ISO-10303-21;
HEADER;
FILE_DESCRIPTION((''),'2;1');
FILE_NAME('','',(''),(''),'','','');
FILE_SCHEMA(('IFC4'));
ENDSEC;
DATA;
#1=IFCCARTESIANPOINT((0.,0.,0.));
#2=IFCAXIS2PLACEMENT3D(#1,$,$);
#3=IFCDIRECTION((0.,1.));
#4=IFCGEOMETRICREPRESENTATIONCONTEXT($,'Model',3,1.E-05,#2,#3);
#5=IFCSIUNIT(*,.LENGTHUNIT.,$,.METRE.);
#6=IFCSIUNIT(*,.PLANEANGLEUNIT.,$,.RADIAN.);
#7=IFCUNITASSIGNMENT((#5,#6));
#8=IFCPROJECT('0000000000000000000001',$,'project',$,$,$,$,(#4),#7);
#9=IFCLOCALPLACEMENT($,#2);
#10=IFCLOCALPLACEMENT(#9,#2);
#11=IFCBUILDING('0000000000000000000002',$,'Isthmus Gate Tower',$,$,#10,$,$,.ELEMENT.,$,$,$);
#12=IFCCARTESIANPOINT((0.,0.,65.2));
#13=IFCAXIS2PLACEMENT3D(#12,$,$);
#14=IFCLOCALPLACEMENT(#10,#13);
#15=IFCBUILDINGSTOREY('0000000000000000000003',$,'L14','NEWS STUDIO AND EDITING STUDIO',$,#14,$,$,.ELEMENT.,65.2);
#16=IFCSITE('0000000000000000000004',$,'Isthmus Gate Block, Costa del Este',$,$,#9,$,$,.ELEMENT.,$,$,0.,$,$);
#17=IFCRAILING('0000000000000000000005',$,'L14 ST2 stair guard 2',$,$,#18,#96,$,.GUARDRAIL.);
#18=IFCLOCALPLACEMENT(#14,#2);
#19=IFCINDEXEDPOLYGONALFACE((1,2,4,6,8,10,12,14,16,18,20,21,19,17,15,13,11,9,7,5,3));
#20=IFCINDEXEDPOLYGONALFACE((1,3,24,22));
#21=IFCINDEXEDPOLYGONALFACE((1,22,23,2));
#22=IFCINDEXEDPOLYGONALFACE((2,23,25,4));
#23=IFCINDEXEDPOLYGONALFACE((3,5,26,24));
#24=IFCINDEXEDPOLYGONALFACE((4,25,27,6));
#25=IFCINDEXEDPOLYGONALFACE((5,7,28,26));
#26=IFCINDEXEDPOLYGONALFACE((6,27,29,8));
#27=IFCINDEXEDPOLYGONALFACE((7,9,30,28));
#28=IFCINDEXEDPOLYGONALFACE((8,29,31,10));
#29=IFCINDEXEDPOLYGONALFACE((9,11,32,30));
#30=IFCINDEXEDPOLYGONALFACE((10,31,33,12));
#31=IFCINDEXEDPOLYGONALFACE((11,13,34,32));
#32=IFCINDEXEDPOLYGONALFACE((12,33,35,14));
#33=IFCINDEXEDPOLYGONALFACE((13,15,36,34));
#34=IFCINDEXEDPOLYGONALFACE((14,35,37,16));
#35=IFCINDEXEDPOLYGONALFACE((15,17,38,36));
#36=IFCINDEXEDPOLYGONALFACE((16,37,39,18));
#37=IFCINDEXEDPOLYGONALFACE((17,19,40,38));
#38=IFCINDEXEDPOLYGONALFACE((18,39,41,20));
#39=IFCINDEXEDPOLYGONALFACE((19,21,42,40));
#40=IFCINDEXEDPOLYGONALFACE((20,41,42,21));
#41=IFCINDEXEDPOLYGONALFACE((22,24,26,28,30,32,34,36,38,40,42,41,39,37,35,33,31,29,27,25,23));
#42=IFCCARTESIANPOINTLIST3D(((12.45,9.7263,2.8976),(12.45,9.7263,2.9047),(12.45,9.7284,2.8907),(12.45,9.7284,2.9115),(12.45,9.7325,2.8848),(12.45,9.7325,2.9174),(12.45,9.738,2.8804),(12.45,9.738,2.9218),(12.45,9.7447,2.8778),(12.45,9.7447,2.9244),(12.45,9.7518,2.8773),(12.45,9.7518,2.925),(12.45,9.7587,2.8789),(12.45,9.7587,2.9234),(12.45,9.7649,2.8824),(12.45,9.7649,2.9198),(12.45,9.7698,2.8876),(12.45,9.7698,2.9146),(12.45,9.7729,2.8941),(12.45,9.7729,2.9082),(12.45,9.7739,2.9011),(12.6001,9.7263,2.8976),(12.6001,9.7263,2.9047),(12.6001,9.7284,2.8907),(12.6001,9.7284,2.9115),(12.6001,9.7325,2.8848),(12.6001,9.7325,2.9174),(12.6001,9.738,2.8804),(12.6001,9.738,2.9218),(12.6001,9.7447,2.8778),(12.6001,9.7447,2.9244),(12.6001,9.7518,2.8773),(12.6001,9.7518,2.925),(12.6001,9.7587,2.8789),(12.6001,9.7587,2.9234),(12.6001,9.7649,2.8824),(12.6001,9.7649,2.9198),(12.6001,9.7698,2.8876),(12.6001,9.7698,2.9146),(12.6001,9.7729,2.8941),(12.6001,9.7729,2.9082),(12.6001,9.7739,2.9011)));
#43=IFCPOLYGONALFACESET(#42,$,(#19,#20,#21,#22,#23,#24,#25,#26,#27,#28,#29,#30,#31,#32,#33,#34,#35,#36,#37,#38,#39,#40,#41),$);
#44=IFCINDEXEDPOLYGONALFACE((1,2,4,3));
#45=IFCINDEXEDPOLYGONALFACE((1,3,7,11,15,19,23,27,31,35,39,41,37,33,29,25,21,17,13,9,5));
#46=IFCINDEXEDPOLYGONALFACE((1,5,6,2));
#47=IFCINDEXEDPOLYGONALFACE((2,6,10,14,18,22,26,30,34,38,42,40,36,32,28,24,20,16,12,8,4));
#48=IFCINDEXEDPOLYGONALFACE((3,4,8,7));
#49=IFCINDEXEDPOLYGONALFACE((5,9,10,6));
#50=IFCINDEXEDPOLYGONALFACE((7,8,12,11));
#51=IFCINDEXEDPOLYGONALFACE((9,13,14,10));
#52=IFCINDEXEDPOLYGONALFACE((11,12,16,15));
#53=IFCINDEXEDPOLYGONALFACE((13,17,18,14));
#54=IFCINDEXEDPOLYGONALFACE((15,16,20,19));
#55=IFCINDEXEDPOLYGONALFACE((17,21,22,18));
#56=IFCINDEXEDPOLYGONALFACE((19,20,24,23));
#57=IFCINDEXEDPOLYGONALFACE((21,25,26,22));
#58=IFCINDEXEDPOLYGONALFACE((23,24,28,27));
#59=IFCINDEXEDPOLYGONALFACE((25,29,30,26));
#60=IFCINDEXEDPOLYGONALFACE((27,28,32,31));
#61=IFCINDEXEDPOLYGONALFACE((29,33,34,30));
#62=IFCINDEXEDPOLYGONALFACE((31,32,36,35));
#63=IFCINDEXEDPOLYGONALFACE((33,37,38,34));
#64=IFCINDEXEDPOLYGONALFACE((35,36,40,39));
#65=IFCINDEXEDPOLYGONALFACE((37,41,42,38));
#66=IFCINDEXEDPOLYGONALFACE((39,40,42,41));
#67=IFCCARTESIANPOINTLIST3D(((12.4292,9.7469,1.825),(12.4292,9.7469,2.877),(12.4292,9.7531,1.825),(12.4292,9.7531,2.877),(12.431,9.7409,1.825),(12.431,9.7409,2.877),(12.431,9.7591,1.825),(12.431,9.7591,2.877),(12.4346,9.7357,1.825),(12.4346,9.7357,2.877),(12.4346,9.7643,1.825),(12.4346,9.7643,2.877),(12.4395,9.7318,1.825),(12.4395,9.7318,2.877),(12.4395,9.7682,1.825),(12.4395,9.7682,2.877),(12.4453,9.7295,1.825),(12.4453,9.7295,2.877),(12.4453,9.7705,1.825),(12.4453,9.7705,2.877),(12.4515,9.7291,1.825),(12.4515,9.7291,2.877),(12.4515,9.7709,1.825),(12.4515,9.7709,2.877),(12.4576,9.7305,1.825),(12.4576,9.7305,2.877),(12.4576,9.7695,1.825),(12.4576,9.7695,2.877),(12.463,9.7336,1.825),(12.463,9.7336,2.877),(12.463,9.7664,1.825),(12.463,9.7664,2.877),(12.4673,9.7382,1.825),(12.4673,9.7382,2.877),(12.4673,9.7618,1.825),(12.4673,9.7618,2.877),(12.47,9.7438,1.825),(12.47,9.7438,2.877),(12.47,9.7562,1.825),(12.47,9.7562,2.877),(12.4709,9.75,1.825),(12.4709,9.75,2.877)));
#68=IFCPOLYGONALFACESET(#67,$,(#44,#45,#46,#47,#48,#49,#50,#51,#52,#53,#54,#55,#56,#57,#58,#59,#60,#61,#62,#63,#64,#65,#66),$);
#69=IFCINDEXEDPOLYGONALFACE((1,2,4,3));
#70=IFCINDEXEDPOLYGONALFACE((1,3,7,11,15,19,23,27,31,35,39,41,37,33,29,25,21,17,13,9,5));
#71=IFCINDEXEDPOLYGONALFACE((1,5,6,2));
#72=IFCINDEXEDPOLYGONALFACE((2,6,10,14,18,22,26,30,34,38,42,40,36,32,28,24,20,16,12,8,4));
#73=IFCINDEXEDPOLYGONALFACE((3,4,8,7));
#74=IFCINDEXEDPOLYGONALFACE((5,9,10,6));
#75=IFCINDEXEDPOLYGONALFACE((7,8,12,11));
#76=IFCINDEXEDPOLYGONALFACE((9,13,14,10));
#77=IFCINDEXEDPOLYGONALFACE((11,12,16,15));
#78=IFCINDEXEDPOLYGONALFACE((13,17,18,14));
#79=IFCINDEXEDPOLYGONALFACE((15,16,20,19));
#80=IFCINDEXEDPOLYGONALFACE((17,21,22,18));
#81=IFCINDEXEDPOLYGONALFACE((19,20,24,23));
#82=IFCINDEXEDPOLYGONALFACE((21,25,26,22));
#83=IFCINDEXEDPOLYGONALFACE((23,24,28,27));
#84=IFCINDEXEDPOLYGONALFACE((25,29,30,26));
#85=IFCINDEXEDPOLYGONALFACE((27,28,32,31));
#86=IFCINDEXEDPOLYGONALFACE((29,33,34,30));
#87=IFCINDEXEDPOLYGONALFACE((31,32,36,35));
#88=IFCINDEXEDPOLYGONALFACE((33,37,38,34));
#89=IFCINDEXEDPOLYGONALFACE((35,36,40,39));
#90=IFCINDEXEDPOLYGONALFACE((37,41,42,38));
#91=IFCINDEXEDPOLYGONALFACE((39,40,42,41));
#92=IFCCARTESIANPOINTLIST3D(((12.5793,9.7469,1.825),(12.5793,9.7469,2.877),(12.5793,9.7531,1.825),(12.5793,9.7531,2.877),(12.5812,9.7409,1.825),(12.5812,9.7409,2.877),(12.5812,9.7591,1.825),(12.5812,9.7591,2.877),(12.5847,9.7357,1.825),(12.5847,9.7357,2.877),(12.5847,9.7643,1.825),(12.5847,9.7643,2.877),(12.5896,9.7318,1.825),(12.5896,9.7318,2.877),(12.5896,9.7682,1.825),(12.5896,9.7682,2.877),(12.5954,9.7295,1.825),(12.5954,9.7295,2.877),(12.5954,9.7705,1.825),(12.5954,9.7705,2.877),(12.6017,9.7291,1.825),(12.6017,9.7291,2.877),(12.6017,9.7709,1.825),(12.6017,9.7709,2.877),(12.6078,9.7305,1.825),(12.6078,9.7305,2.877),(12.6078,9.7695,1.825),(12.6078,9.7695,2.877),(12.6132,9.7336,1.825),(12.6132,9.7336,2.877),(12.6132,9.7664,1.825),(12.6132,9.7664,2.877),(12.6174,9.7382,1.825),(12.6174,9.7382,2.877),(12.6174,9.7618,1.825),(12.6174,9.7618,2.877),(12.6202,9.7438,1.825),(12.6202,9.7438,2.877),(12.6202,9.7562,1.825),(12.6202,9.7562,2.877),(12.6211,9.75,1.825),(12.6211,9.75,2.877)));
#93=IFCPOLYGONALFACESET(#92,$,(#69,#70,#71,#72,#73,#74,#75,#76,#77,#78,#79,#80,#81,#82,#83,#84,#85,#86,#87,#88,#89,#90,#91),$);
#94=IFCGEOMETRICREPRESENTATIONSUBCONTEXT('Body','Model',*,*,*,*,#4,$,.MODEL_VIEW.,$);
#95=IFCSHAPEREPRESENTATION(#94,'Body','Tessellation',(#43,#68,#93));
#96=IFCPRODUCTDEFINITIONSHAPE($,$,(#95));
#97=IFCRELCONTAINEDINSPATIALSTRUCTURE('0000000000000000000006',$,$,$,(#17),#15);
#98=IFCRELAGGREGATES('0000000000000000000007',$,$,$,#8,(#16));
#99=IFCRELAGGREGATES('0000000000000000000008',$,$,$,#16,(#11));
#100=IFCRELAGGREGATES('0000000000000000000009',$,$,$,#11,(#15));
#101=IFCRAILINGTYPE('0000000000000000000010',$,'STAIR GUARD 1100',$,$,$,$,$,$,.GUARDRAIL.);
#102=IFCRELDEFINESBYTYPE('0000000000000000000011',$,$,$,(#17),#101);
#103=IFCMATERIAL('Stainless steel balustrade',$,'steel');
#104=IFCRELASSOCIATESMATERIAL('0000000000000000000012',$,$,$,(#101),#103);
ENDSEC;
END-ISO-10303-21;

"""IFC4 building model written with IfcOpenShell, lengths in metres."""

from ifc_helpers import new_model, si_unit, direction, frame, origin, origin_2d, place, context, subcontext, project, spatial, circle, extrude, material, type_object, element, save


model = new_model("IFC4")

# Units and contexts
model_context = context("Model", 3, precision=1e-05, world=origin(), true_north=direction((0.0, 1.0)))
body_context = subcontext(model_context, "Body", "Model", "MODEL_VIEW")
ifc_project = project(units=[si_unit("LENGTHUNIT", "METRE"), si_unit("PLANEANGLEUNIT", "RADIAN")], contexts=[model_context])

# Site, building, storey
site_placement = place(None, origin())
site = spatial("IfcSite", under=ifc_project, at=site_placement, Name="Isthmus Gate Block, Costa del Este", CompositionType="ELEMENT", RefElevation=0.0)
building_placement = place(site_placement, origin())
building = spatial("IfcBuilding", under=site, at=building_placement, Name="Isthmus Gate Tower", CompositionType="ELEMENT")
storey_placement = place(building_placement, frame((0.0, 0.0, 65.2)))
storey = spatial("IfcBuildingStorey", under=building, at=storey_placement, Name="L14", Description="NEWS STUDIO AND EDITING STUDIO", CompositionType="ELEMENT", Elevation=65.2)

# Railing
ifc_material_1 = material(Name="Stainless steel balustrade", Category="steel")
railing_type_1 = type_object("IfcRailingType", Name="STAIR GUARD 1100", PredefinedType="GUARDRAIL", material=ifc_material_1)
railing_1_placement = place(storey_placement, frame((12.45, 9.75, 1.825)))
element("IfcRailing", 1, at=railing_1_placement, inside=storey, type_object=railing_type_1, Name="L14 ST2 stair guard 2", PredefinedType="GUARDRAIL", context=body_context, shape_type="SweptSolid", body=[
    extrude(circle(Radius=0.0239, at=origin_2d()), frame((0.0, 0.0, 1.0762), z_axis=(1.0, 0.0, 0.0), x_axis=(0.0, 1.0, 0.0)), (0.0, 0.0, 1.0), 0.1501),
    extrude(circle(Radius=0.021, at=origin_2d()), origin(), (0.0, 0.0, 1.0), 1.052),
    extrude(circle(Radius=0.021, at=origin_2d()), frame((0.1501, 0.0, 0.0)), (0.0, 0.0, 1.0), 1.052),
])

save(model, "model.ifc")
